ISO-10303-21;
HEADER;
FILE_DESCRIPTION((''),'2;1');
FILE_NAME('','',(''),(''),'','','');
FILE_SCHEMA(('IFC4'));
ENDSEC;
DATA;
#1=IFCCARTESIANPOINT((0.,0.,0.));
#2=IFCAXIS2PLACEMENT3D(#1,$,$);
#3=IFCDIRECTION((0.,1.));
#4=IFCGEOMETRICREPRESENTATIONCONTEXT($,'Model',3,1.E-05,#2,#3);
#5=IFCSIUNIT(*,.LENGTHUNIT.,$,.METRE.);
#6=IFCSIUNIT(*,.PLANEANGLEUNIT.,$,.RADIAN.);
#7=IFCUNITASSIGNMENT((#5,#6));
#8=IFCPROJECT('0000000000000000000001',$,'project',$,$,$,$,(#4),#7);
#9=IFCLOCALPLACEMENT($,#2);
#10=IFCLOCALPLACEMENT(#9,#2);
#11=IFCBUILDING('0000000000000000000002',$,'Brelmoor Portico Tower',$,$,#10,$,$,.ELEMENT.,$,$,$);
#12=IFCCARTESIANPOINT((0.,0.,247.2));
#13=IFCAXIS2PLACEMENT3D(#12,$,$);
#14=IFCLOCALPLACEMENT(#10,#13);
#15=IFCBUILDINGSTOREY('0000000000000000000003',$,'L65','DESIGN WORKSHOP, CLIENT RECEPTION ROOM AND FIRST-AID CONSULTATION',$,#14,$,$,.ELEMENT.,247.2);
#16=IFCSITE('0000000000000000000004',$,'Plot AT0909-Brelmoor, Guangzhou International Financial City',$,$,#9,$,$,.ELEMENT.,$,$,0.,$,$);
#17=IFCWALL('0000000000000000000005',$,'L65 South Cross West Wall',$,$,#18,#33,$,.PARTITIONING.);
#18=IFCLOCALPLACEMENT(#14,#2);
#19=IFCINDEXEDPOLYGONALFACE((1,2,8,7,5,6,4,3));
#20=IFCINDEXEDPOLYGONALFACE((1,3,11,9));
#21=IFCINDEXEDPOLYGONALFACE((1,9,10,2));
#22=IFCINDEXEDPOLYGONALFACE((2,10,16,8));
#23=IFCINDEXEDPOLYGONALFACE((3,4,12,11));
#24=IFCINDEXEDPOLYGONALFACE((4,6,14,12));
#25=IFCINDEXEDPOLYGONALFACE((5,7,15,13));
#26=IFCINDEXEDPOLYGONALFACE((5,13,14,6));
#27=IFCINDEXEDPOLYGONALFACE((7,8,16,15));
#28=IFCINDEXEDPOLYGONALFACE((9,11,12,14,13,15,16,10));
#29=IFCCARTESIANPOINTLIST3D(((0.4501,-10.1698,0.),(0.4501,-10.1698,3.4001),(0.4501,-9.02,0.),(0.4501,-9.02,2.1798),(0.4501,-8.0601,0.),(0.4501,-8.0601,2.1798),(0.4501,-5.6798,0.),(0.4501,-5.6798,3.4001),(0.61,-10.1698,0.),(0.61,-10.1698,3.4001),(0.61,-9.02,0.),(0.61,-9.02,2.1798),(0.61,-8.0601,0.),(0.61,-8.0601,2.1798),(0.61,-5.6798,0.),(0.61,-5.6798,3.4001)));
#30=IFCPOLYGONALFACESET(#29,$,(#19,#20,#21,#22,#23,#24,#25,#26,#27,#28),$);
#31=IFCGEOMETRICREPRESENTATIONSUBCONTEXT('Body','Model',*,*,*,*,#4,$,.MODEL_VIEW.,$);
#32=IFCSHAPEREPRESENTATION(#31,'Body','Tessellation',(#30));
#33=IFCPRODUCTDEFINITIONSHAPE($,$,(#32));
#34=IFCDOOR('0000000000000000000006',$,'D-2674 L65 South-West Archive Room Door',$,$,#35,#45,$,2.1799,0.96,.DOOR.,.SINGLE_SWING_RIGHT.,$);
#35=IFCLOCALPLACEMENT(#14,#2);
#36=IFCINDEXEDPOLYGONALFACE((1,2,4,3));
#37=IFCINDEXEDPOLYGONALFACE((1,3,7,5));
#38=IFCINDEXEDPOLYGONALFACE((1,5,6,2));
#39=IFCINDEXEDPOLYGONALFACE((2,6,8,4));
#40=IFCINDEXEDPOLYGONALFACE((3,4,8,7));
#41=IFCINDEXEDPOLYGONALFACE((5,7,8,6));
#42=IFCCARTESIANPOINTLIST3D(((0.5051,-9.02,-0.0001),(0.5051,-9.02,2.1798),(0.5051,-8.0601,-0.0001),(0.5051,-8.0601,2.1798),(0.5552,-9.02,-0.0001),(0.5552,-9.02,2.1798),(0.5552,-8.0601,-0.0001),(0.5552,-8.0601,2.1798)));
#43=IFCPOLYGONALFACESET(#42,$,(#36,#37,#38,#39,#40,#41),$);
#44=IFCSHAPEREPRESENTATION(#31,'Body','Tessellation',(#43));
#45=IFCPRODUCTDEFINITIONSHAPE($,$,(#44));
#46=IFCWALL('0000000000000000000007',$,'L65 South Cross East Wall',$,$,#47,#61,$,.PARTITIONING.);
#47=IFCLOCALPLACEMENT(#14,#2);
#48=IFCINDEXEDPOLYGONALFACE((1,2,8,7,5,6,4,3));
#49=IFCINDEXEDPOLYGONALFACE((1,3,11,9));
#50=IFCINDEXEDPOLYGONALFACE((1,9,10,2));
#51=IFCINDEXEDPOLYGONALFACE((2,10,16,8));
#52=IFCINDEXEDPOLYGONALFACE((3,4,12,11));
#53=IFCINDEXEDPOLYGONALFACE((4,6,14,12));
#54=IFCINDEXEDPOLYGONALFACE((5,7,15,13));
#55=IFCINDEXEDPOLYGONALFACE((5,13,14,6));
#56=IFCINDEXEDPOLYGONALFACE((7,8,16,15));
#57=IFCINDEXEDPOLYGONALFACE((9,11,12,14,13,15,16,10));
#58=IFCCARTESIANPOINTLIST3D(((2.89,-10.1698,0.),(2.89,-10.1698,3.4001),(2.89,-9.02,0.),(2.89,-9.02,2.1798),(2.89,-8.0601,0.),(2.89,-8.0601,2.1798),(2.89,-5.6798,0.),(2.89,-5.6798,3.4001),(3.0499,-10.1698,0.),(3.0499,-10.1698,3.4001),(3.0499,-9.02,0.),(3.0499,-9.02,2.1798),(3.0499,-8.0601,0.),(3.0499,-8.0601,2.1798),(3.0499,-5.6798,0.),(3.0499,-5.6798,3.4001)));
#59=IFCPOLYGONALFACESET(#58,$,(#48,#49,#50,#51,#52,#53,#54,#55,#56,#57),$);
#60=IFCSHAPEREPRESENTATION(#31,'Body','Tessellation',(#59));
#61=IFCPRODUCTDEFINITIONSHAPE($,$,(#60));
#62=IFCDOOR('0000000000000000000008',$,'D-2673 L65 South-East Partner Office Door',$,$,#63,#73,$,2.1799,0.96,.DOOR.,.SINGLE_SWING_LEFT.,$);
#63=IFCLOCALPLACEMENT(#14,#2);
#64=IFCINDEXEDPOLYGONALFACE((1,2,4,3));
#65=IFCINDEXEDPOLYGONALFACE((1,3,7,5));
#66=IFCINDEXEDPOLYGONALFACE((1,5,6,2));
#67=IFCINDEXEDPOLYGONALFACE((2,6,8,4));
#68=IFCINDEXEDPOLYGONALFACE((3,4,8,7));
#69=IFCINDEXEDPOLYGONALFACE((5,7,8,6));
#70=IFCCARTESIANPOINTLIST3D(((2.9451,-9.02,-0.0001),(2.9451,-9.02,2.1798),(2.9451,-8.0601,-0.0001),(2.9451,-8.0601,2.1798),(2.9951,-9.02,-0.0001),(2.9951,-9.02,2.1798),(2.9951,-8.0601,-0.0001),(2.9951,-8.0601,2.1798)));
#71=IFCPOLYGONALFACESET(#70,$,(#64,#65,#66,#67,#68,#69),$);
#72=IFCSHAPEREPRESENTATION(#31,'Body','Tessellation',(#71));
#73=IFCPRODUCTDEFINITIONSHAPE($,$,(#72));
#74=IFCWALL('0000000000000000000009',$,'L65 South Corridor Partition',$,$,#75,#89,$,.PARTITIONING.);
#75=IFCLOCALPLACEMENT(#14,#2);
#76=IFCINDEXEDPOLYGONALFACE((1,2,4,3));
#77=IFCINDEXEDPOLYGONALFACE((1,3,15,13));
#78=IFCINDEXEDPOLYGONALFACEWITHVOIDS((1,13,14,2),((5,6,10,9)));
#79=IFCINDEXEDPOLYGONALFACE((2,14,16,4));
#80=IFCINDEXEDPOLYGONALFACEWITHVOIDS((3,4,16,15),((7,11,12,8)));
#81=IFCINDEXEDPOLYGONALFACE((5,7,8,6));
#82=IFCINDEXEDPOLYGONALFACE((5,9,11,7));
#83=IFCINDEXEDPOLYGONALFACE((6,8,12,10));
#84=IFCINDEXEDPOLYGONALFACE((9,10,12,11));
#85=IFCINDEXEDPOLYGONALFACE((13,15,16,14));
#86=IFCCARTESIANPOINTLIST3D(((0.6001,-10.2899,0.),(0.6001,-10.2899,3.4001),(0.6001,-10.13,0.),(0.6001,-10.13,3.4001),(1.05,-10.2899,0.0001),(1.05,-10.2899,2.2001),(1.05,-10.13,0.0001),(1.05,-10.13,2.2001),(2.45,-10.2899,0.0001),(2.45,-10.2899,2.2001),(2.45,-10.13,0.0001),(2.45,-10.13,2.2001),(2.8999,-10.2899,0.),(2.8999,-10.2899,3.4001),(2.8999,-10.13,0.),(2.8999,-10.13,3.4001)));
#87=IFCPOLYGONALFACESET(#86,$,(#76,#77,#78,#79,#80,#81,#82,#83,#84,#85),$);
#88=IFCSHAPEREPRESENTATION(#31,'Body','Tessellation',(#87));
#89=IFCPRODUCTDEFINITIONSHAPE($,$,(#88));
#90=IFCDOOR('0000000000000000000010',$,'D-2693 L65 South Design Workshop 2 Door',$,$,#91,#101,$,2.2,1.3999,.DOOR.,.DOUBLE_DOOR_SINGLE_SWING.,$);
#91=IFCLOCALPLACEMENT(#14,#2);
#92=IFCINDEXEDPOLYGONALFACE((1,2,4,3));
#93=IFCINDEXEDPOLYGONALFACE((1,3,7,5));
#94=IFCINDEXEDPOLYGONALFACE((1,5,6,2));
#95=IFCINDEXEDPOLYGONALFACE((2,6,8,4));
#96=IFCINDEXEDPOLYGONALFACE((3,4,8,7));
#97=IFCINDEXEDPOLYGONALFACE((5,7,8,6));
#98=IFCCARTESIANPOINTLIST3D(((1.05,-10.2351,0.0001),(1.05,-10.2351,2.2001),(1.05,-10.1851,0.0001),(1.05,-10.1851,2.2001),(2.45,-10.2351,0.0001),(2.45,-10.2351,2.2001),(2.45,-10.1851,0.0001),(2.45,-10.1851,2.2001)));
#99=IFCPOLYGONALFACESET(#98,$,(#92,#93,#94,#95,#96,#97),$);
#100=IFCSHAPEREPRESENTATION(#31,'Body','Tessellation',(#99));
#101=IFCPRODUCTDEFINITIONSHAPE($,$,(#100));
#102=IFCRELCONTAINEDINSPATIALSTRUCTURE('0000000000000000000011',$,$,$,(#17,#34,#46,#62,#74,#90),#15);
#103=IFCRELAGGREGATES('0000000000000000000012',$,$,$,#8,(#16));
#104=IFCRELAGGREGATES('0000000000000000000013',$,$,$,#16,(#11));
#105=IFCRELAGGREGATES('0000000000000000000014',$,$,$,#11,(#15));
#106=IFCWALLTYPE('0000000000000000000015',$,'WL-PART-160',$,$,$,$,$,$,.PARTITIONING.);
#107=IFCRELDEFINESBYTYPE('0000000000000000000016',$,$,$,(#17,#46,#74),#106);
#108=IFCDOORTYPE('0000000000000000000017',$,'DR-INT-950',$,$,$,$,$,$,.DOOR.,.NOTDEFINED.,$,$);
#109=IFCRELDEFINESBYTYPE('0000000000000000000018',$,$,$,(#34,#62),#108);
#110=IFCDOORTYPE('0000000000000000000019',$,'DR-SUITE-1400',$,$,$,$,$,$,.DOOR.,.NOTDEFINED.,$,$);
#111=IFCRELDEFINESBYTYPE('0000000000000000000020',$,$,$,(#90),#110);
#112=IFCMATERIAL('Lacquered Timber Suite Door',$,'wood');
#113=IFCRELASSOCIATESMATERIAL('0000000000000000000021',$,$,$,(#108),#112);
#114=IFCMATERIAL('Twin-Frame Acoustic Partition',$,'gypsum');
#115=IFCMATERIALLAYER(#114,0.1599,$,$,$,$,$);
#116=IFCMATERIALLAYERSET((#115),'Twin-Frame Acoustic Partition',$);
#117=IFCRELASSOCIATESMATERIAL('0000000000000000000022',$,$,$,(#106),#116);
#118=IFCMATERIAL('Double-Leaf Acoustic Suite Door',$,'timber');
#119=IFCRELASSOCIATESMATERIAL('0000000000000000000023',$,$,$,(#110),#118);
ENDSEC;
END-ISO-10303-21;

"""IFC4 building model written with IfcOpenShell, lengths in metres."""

from ifc_helpers import new_model, si_unit, direction, frame, frame_2d, origin, place, context, subcontext, project, spatial, rectangle, extrude, material, layer, layer_set, type_object, element, fill, save


model = new_model("IFC4")

# Units and contexts
model_context = context("Model", 3, precision=1e-05, world=origin(), true_north=direction((0.0, 1.0)))
body_context = subcontext(model_context, "Body", "Model", "MODEL_VIEW")
ifc_project = project(units=[si_unit("LENGTHUNIT", "METRE"), si_unit("PLANEANGLEUNIT", "RADIAN")], contexts=[model_context])

# Site, building, storey
site_placement = place(None, origin())
site = spatial("IfcSite", under=ifc_project, at=site_placement, Name="Plot AT0909-Brelmoor, Guangzhou International Financial City", CompositionType="ELEMENT", RefElevation=0.0)
building_placement = place(site_placement, origin())
building = spatial("IfcBuilding", under=site, at=building_placement, Name="Brelmoor Portico Tower", CompositionType="ELEMENT")
storey_placement = place(building_placement, frame((0.0, 0.0, 247.2)))
storey = spatial("IfcBuildingStorey", under=building, at=storey_placement, Name="L65", Description="DESIGN WORKSHOP, CLIENT RECEPTION ROOM AND FIRST-AID CONSULTATION", CompositionType="ELEMENT", Elevation=247.2)

# Walls, openings, doors
ifc_material_1 = material(Name="Lacquered Timber Suite Door", Category="wood")
door_type_1 = type_object("IfcDoorType", Name="DR-INT-950", OperationType="NOTDEFINED", PredefinedType="DOOR", material=ifc_material_1)
ifc_material_2 = material(Name="Twin-Frame Acoustic Partition", Category="gypsum")
ifc_layer_1 = layer(ifc_material_2, 0.1599)
ifc_layer_set_1 = layer_set([ifc_layer_1], Name="Twin-Frame Acoustic Partition")
wall_type_1 = type_object("IfcWallType", Name="WL-PART-160", PredefinedType="PARTITIONING", material=ifc_layer_set_1)
wall_1_placement = place(storey_placement, frame((0.53, -10.1699, 0.0), z_axis=(0.0, 0.0, 1.0), x_axis=(0.0, 1.0, 0.0)))
wall_1 = element("IfcWall", 1, at=wall_1_placement, inside=storey, type_object=wall_type_1, Name="L65 South Cross West Wall", PredefinedType="PARTITIONING", context=body_context, shape_type="SweptSolid", body=[
    extrude(rectangle(XDim=4.49, YDim=0.1599, at=frame_2d((2.2451, 0.0))), origin(), (0.0, 0.0, 1.0), 3.4001),
])
opening_1_placement = place(wall_1_placement, frame((1.1499, 0.0, 0.0)))
opening_1 = element("IfcOpeningElement", 2, at=opening_1_placement, cuts=wall_1, PredefinedType="OPENING", context=body_context, shape_type="SweptSolid", body=[
    extrude(rectangle(XDim=0.96, YDim=2.1799, at=frame_2d((0.48, 1.0898))), frame((0.0, 0.0898, 0.0), z_axis=(0.0, -1.0, 0.0), x_axis=(1.0, 0.0, 0.0)), (0.0, 0.0, 1.0), 0.1799),
])
door_1_placement = place(opening_1_placement, origin())
door_1 = element("IfcDoor", 3, at=door_1_placement, inside=storey, type_object=door_type_1, Name="D-2674 L65 South-West Archive Room Door", OperationType="SINGLE_SWING_RIGHT", OverallHeight=2.1799, OverallWidth=0.96, PredefinedType="DOOR", context=body_context, shape_type="SweptSolid", body=[
    extrude(rectangle(XDim=0.96, YDim=2.1799, at=frame_2d((0.48, 1.0898))), frame((0.0, 0.0249, 0.0), z_axis=(0.0, -1.0, 0.0), x_axis=(1.0, 0.0, 0.0)), (0.0, 0.0, 1.0), 0.05),
])
fill(opening_1, door_1)
wall_2_placement = place(storey_placement, frame((2.97, -10.1699, 0.0), z_axis=(0.0, 0.0, 1.0), x_axis=(0.0, 1.0, 0.0)))
wall_2 = element("IfcWall", 4, at=wall_2_placement, inside=storey, type_object=wall_type_1, Name="L65 South Cross East Wall", PredefinedType="PARTITIONING", context=body_context, shape_type="SweptSolid", body=[
    extrude(rectangle(XDim=4.49, YDim=0.1599, at=frame_2d((2.2451, 0.0))), origin(), (0.0, 0.0, 1.0), 3.4001),
])
opening_2_placement = place(wall_2_placement, frame((1.1499, 0.0, 0.0)))
opening_2 = element("IfcOpeningElement", 5, at=opening_2_placement, cuts=wall_2, PredefinedType="OPENING", context=body_context, shape_type="SweptSolid", body=[
    extrude(rectangle(XDim=0.96, YDim=2.1799, at=frame_2d((0.48, 1.0898))), frame((0.0, 0.0898, 0.0), z_axis=(0.0, -1.0, 0.0), x_axis=(1.0, 0.0, 0.0)), (0.0, 0.0, 1.0), 0.1799),
])
door_2_placement = place(opening_2_placement, origin())
door_2 = element("IfcDoor", 6, at=door_2_placement, inside=storey, type_object=door_type_1, Name="D-2673 L65 South-East Partner Office Door", OperationType="SINGLE_SWING_LEFT", OverallHeight=2.1799, OverallWidth=0.96, PredefinedType="DOOR", context=body_context, shape_type="SweptSolid", body=[
    extrude(rectangle(XDim=0.96, YDim=2.1799, at=frame_2d((0.48, 1.0898))), frame((0.0, 0.0249, 0.0), z_axis=(0.0, -1.0, 0.0), x_axis=(1.0, 0.0, 0.0)), (0.0, 0.0, 1.0), 0.05),
])
fill(opening_2, door_2)
wall_3_placement = place(storey_placement, frame((0.6001, -10.21, 0.0), z_axis=(0.0, 0.0, 1.0), x_axis=(1.0, 0.0, 0.0)))
wall_3 = element("IfcWall", 7, at=wall_3_placement, inside=storey, type_object=wall_type_1, Name="L65 South Corridor Partition", PredefinedType="PARTITIONING", context=body_context, shape_type="SweptSolid", body=[
    extrude(rectangle(XDim=2.2998, YDim=0.1599, at=frame_2d((1.1499, 0.0))), origin(), (0.0, 0.0, 1.0), 3.4001),
])
opening_3_placement = place(wall_3_placement, frame((0.45, 0.0, 0.0)))
opening_3 = element("IfcOpeningElement", 8, at=opening_3_placement, cuts=wall_3, PredefinedType="OPENING", context=body_context, shape_type="SweptSolid", body=[
    extrude(rectangle(XDim=1.3999, YDim=2.2, at=frame_2d((0.7, 1.1001))), frame((0.0, 0.0898, 0.0), z_axis=(0.0, -1.0, 0.0), x_axis=(1.0, 0.0, 0.0)), (0.0, 0.0, 1.0), 0.1799),
])
ifc_material_3 = material(Name="Double-Leaf Acoustic Suite Door", Category="timber")
door_type_2 = type_object("IfcDoorType", Name="DR-SUITE-1400", OperationType="NOTDEFINED", PredefinedType="DOOR", material=ifc_material_3)
door_3_placement = place(opening_3_placement, origin())
door_3 = element("IfcDoor", 9, at=door_3_placement, inside=storey, type_object=door_type_2, Name="D-2693 L65 South Design Workshop 2 Door", OperationType="DOUBLE_DOOR_SINGLE_SWING", OverallHeight=2.2, OverallWidth=1.3999, PredefinedType="DOOR", context=body_context, shape_type="SweptSolid", body=[
    extrude(rectangle(XDim=1.3999, YDim=2.2, at=frame_2d((0.7, 1.1001))), frame((0.0, 0.0249, 0.0), z_axis=(0.0, -1.0, 0.0), x_axis=(1.0, 0.0, 0.0)), (0.0, 0.0, 1.0), 0.05),
])
fill(opening_3, door_3)

save(model, "model.ifc")
